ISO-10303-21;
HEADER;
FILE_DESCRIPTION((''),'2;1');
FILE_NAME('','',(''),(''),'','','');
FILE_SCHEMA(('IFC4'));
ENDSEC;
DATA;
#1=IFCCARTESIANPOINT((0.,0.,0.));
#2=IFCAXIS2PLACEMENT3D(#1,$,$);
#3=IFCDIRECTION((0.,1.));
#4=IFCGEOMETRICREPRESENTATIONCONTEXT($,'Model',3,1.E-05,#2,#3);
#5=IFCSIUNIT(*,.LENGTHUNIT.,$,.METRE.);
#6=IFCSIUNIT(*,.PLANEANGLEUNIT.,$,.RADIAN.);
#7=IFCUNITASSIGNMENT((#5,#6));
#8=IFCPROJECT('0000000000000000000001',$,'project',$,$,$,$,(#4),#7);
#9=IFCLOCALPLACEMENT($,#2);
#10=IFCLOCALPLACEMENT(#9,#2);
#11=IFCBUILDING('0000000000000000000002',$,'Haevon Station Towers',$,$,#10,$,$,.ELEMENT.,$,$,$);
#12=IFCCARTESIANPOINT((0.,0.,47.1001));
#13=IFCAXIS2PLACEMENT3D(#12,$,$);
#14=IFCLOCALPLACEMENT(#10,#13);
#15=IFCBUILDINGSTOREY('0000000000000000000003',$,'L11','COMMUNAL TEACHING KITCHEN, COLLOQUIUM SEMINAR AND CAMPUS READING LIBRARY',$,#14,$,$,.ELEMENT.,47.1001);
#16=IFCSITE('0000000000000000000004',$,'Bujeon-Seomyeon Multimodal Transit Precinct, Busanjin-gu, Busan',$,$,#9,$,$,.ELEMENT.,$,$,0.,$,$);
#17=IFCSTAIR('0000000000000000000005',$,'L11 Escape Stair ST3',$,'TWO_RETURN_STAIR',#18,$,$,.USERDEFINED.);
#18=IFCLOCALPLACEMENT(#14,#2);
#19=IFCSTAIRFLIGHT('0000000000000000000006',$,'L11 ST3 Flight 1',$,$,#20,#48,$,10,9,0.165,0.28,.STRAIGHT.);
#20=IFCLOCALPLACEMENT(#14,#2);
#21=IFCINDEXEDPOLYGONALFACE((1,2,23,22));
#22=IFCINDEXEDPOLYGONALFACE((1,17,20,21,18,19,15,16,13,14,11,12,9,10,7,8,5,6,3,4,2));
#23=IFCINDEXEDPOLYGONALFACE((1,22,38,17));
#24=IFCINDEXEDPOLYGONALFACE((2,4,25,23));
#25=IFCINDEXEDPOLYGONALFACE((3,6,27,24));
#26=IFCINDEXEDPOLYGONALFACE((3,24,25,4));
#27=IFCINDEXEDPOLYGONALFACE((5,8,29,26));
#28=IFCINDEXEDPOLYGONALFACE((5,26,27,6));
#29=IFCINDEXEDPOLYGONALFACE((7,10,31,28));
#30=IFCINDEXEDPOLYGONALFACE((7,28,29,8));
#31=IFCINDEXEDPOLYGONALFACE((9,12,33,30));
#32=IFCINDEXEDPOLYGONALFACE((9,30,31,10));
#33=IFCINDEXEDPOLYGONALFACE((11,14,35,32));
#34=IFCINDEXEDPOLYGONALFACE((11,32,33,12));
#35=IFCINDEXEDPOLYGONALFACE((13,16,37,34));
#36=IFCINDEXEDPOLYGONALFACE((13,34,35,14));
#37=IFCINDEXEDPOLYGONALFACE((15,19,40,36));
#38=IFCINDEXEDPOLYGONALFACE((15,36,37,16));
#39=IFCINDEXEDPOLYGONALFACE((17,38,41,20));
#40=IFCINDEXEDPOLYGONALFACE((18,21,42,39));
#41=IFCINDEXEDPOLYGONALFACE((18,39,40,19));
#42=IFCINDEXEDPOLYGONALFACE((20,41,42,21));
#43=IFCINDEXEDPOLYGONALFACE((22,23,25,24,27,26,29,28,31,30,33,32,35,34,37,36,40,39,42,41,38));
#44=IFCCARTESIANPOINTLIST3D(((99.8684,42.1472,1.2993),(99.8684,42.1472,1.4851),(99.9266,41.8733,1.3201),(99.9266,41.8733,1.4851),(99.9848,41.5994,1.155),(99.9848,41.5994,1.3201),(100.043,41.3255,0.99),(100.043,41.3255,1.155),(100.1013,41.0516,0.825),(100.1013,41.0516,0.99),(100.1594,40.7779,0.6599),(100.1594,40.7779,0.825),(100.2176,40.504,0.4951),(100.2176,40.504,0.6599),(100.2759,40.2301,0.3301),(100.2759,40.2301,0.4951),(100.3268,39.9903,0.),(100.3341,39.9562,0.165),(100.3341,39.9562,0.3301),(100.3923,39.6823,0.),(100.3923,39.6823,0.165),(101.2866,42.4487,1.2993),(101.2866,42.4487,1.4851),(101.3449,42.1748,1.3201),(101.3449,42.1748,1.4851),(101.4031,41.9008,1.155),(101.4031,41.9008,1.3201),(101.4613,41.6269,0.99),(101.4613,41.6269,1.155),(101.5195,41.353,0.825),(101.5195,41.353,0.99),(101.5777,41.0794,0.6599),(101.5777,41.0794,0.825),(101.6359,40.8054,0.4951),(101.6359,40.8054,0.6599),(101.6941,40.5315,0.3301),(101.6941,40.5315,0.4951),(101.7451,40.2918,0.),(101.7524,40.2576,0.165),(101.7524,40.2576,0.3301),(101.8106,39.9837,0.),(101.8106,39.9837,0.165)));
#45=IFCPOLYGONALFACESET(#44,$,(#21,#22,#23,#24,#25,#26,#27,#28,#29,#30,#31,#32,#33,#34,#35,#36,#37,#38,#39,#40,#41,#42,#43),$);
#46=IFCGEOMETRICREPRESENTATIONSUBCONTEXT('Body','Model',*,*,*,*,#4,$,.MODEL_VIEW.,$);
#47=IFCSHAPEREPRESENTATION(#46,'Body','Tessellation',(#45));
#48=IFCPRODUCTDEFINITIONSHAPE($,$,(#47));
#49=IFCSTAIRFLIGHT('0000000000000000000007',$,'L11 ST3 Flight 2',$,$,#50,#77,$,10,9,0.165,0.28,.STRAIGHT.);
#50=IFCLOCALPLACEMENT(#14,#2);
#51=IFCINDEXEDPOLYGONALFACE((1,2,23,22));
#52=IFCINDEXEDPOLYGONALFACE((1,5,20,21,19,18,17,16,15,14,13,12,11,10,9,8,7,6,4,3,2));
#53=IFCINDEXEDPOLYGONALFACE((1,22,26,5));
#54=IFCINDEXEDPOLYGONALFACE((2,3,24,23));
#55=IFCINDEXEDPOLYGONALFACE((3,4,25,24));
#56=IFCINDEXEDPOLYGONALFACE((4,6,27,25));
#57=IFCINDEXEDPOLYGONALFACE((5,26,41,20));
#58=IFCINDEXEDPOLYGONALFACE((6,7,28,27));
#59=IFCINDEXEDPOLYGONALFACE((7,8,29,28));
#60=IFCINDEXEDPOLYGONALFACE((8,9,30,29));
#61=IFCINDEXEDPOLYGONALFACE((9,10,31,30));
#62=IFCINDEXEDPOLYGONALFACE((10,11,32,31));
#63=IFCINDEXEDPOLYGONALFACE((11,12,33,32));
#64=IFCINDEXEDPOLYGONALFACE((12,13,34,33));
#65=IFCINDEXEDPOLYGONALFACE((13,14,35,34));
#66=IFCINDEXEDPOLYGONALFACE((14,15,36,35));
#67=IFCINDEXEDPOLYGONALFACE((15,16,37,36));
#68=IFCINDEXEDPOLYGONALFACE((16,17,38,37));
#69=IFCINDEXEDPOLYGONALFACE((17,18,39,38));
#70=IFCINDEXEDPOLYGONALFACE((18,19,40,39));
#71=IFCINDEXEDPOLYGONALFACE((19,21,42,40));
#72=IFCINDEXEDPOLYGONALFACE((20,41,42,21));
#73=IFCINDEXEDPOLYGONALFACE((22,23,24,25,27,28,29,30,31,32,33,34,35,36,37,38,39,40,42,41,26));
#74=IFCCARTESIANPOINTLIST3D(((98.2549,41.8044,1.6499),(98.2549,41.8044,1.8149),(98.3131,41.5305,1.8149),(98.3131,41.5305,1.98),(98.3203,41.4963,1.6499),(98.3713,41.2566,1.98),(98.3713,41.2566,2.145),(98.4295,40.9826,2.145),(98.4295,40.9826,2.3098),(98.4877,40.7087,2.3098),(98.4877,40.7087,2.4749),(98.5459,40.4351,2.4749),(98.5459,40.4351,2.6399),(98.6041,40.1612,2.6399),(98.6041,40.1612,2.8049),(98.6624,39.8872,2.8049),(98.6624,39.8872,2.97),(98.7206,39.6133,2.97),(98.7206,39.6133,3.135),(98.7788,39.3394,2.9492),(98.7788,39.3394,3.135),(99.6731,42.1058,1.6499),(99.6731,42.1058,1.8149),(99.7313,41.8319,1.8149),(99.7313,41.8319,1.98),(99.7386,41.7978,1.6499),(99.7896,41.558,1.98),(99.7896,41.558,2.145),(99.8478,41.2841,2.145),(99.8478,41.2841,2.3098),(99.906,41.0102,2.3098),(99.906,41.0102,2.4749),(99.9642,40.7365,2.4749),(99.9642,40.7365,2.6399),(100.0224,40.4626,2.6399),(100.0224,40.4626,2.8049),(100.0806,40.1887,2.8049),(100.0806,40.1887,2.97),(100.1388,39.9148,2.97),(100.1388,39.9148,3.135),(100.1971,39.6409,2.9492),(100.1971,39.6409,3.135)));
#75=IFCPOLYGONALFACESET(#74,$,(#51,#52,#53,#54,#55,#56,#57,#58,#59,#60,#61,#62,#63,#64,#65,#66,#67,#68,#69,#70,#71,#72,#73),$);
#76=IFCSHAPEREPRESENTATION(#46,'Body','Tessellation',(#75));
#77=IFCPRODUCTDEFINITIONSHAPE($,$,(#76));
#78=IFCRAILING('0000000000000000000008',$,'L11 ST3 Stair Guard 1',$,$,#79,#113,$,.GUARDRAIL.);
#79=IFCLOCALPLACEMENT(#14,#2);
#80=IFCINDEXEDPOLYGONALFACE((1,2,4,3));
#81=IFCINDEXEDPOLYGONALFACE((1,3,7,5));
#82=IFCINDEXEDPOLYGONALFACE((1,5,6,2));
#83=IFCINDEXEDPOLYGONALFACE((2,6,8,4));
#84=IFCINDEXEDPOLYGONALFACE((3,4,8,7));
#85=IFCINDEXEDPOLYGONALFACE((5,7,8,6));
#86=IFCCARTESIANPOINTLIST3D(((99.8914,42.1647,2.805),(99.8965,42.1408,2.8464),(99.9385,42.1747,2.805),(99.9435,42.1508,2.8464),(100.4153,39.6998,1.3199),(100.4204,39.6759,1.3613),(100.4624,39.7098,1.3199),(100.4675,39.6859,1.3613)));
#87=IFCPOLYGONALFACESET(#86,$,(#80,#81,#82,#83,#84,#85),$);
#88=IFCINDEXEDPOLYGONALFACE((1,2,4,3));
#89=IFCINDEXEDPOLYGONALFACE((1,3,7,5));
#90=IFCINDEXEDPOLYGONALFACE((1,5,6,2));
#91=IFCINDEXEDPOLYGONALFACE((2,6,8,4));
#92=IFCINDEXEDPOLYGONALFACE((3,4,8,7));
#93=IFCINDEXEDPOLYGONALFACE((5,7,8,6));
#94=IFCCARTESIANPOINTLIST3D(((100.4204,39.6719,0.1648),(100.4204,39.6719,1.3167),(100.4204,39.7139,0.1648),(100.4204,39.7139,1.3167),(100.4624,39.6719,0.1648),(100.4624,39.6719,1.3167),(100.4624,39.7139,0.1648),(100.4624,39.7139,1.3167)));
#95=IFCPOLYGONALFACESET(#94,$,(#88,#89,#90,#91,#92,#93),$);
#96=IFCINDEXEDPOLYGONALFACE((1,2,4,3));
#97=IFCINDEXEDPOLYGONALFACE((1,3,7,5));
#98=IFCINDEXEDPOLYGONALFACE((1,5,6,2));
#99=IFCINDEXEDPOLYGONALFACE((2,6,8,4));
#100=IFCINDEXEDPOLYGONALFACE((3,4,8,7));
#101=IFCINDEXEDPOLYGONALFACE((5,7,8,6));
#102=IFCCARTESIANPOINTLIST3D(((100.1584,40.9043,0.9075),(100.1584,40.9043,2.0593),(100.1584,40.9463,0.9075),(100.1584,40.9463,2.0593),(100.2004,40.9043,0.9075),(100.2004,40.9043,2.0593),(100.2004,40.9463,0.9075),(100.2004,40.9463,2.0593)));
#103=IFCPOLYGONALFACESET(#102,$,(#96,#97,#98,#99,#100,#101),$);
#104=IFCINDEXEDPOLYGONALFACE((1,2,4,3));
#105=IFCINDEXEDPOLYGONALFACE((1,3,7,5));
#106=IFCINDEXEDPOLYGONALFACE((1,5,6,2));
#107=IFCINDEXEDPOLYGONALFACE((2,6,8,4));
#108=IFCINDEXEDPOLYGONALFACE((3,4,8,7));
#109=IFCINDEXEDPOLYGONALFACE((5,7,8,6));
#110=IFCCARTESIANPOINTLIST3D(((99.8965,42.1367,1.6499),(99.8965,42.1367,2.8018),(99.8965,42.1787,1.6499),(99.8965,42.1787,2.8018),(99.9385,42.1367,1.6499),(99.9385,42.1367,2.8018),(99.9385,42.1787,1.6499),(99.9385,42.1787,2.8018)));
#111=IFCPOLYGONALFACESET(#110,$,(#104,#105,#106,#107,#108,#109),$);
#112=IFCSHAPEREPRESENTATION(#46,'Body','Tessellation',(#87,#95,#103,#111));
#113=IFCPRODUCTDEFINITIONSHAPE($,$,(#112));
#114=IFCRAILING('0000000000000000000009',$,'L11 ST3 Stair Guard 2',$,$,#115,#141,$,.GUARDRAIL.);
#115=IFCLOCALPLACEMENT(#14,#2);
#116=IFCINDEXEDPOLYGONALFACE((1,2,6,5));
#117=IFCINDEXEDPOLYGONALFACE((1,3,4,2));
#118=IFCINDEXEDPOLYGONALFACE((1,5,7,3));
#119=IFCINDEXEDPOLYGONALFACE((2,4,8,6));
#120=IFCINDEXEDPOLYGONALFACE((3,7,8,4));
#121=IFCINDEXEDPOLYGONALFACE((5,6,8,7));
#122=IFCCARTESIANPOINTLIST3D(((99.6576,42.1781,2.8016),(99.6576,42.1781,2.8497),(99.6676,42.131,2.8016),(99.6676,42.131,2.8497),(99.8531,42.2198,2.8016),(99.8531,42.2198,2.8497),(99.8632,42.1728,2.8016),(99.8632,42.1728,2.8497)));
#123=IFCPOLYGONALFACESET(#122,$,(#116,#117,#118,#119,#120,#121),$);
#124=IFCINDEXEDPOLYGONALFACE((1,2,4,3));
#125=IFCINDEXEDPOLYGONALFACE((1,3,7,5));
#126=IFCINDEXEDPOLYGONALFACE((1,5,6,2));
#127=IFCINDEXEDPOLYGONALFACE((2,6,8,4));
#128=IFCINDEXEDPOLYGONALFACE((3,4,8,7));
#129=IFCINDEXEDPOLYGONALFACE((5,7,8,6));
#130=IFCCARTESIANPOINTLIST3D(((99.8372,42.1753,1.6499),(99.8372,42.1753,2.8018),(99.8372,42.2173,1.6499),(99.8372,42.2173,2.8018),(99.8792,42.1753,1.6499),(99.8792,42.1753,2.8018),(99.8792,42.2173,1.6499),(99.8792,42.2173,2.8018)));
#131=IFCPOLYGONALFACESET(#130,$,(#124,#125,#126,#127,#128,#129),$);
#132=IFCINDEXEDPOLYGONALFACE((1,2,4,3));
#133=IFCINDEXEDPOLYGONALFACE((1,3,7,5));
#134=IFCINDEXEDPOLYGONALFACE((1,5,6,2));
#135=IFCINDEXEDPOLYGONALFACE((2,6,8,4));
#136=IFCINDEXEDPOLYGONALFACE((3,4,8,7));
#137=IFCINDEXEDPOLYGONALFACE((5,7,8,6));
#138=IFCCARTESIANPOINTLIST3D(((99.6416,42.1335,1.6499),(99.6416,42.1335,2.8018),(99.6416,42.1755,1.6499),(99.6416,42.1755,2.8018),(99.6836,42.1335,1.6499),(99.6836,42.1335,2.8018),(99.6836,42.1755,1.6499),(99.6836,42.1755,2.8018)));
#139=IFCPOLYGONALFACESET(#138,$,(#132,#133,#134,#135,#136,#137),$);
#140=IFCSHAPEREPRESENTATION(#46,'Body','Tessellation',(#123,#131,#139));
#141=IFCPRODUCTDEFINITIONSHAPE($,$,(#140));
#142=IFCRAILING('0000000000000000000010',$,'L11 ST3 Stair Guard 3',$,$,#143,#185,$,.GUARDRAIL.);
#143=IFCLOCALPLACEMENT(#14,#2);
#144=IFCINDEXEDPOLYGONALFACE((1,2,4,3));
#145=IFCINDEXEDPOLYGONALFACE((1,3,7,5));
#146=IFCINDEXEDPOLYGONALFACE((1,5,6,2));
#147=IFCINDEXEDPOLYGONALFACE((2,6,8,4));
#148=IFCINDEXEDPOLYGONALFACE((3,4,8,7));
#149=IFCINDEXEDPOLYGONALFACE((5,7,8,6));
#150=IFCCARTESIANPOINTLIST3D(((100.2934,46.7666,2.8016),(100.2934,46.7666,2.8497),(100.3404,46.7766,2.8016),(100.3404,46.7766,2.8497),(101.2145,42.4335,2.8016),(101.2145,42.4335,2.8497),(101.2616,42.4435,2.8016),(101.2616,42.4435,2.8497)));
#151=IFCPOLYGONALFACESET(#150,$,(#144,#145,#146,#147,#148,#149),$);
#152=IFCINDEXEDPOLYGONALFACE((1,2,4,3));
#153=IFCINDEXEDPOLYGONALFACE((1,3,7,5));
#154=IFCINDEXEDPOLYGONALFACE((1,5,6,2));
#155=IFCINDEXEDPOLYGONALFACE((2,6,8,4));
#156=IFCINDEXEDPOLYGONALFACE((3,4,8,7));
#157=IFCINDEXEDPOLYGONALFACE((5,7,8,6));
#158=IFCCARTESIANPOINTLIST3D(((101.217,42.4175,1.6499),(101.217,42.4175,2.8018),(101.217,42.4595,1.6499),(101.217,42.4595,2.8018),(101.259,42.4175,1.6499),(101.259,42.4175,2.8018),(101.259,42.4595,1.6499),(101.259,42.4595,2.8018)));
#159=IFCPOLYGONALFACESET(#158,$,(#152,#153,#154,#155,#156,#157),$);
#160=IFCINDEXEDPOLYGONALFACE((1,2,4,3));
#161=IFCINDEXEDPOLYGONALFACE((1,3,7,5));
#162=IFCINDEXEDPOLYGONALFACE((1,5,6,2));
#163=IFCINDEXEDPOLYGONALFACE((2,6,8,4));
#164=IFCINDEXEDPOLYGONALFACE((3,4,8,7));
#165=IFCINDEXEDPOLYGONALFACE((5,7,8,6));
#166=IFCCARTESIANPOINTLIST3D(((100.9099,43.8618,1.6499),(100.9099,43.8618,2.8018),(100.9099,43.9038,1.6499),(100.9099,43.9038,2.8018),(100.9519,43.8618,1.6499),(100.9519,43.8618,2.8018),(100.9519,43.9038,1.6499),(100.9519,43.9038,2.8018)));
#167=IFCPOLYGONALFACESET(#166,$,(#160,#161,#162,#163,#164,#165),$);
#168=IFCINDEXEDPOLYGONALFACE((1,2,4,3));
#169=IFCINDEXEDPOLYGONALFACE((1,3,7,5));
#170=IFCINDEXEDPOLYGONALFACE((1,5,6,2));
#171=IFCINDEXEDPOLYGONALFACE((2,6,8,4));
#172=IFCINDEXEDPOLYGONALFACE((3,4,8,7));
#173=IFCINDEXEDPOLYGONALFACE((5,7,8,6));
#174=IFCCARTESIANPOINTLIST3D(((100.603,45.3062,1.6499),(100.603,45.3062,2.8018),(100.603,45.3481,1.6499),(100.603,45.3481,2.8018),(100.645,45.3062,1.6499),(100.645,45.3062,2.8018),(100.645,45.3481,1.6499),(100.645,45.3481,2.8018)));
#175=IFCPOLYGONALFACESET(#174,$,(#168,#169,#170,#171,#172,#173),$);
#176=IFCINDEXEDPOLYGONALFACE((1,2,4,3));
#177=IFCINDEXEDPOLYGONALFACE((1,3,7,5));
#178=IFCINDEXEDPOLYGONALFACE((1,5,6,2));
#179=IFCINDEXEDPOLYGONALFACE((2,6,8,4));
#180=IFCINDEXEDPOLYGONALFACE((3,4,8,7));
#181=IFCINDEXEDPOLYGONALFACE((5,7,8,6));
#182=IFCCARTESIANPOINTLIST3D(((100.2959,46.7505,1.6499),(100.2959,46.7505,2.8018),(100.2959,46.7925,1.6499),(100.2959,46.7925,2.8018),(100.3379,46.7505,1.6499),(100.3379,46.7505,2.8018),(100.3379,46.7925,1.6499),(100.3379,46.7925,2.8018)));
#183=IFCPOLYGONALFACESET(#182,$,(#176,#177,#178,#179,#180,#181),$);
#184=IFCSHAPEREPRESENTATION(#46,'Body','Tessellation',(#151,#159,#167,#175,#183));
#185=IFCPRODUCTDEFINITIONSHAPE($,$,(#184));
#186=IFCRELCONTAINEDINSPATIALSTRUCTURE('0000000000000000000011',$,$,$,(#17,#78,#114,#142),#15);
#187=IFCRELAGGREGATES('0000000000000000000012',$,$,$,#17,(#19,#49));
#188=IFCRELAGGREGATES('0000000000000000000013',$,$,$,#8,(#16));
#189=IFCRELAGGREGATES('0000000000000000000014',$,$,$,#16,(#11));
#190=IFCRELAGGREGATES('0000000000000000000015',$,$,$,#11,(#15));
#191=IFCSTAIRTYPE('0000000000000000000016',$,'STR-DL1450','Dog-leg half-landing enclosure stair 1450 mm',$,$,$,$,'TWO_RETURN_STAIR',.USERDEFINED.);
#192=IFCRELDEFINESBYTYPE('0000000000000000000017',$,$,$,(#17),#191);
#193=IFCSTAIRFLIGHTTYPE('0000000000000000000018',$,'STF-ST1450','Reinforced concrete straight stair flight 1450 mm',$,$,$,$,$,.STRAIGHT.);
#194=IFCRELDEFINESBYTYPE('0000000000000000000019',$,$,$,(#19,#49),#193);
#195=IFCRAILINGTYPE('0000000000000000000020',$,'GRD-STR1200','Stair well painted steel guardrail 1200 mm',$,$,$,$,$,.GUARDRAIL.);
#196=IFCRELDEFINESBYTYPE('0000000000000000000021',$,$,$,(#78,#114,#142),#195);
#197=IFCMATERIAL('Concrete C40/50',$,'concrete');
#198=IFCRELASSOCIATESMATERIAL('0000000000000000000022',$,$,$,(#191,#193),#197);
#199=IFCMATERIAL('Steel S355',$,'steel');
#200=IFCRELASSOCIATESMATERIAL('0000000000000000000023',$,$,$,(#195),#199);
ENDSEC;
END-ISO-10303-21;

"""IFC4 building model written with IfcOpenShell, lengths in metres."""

from ifc_helpers import new_model, si_unit, direction, frame, origin, origin_2d, place, context, subcontext, project, spatial, polyline, rectangle, outline, extrude, material, type_object, element, aggregate, save


model = new_model("IFC4")

# Units and contexts
model_context = context("Model", 3, precision=1e-05, world=origin(), true_north=direction((0.0, 1.0)))
body_context = subcontext(model_context, "Body", "Model", "MODEL_VIEW")
ifc_project = project(units=[si_unit("LENGTHUNIT", "METRE"), si_unit("PLANEANGLEUNIT", "RADIAN")], contexts=[model_context])

# Site, building, storey
site_placement = place(None, origin())
site = spatial("IfcSite", under=ifc_project, at=site_placement, Name="Bujeon-Seomyeon Multimodal Transit Precinct, Busanjin-gu, Busan", CompositionType="ELEMENT", RefElevation=0.0)
building_placement = place(site_placement, origin())
building = spatial("IfcBuilding", under=site, at=building_placement, Name="Haevon Station Towers", CompositionType="ELEMENT")
storey_placement = place(building_placement, frame((0.0, 0.0, 47.1001)))
storey = spatial("IfcBuildingStorey", under=building, at=storey_placement, Name="L11", Description="COMMUNAL TEACHING KITCHEN, COLLOQUIUM SEMINAR AND CAMPUS READING LIBRARY", CompositionType="ELEMENT", Elevation=47.1001)

# Shared definitions
ifc_material_1 = material(Name="Steel S355", Category="steel")

# Shared definitions
ifc_material_2 = material(Name="Concrete C40/50", Category="concrete")

# Stair, stair flights
stair_type = type_object("IfcStairType", Name="STR-DL1450", Description="Dog-leg half-landing enclosure stair 1450 mm", ElementType="TWO_RETURN_STAIR", PredefinedType="USERDEFINED", material=ifc_material_2)
stair_placement = place(storey_placement, origin())
stair = element("IfcStair", 1, at=stair_placement, inside=storey, type_object=stair_type, Name="L11 Escape Stair ST3", ObjectType="TWO_RETURN_STAIR", PredefinedType="USERDEFINED")
stair_flight_type = type_object("IfcStairFlightType", Name="STF-ST1450", Description="Reinforced concrete straight stair flight 1450 mm", PredefinedType="STRAIGHT", material=ifc_material_2)
stair_flight_1_placement = place(storey_placement, frame((101.1016, 39.833, 0.0), z_axis=(0.0, 0.0, 1.0), x_axis=(-0.207912, 0.978148, 0.0)))
stair_flight_1 = element("IfcStairFlight", 2, at=stair_flight_1_placement, type_object=stair_flight_type, Name="L11 ST3 Flight 1", NumberOfRisers=10, NumberOfTreads=9, PredefinedType="STRAIGHT", RiserHeight=0.165, TreadLength=0.28, context=body_context, shape_type="SweptSolid", body=[
    extrude(outline(polyline([(0.0, 0.0), (0.0, 0.165), (0.28, 0.165), (0.28, 0.3301), (0.5601, 0.3301), (0.5601, 0.4951), (0.8401, 0.4951), (0.8401, 0.6599), (1.1201, 0.6599), (1.1201, 0.825), (1.3999, 0.825), (1.3999, 0.99), (1.6799, 0.99), (1.6799, 1.155), (1.96, 1.155), (1.96, 1.3201), (2.24, 1.3201), (2.24, 1.4851), (2.52, 1.4851), (2.52, 1.6499), (2.52, 1.2993), (0.3149, 0.0), (0.0, 0.0)])), frame((0.0, 0.7251, 0.0), z_axis=(0.0, -1.0, 0.0), x_axis=(1.0, 0.0, 0.0)), (0.0, 0.0, 1.0), 1.45),
])
stair_flight_2_placement = place(storey_placement, frame((98.9639, 41.9551, 1.6499), z_axis=(0.0, 0.0, 1.0), x_axis=(0.207912, -0.978148, 0.0)))
stair_flight_2 = element("IfcStairFlight", 3, at=stair_flight_2_placement, type_object=stair_flight_type, Name="L11 ST3 Flight 2", NumberOfRisers=10, NumberOfTreads=9, PredefinedType="STRAIGHT", RiserHeight=0.165, TreadLength=0.28, context=body_context, shape_type="SweptSolid", body=[
    extrude(outline(polyline([(0.0, 0.0), (0.0, 0.165), (0.28, 0.165), (0.28, 0.3301), (0.5601, 0.3301), (0.5601, 0.4951), (0.8401, 0.4951), (0.8401, 0.6599), (1.1201, 0.6599), (1.1201, 0.825), (1.3999, 0.825), (1.3999, 0.99), (1.6799, 0.99), (1.6799, 1.155), (1.96, 1.155), (1.96, 1.3201), (2.24, 1.3201), (2.24, 1.4851), (2.52, 1.4851), (2.52, 1.6499), (2.52, 1.2993), (0.3149, 0.0), (0.0, 0.0)])), frame((0.0, 0.7251, 0.0), z_axis=(0.0, -1.0, 0.0), x_axis=(1.0, 0.0, 0.0)), (0.0, 0.0, 1.0), 1.45),
])
aggregate(stair, [stair_flight_1, stair_flight_2])

# Railings
railing_type_1 = type_object("IfcRailingType", Name="GRD-STR1200", Description="Stair well painted steel guardrail 1200 mm", PredefinedType="GUARDRAIL", material=ifc_material_1)
railing_1_placement = place(storey_placement, frame((100.4414, 39.6929, 0.1648)))
element("IfcRailing", 4, at=railing_1_placement, inside=storey, type_object=railing_type_1, Name="L11 ST3 Stair Guard 1", PredefinedType="GUARDRAIL", context=body_context, shape_type="SweptSolid", body=[
    extrude(rectangle(XDim=0.0481, YDim=0.0481, at=origin_2d()), frame((0.0, 0.0, 1.1758), z_axis=(-0.179121, 0.842688, 0.507733), x_axis=(-0.978147, -0.207914, 0.0)), (0.0, 0.0, 1.0), 2.925),
    extrude(rectangle(XDim=0.042, YDim=0.042, at=origin_2d()), origin(), (0.0, 0.0, 1.0), 1.1519),
    extrude(rectangle(XDim=0.042, YDim=0.042, at=origin_2d()), frame((-0.262, 1.2324, 0.7427)), (0.0, 0.0, 1.0), 1.1519),
    extrude(rectangle(XDim=0.042, YDim=0.042, at=origin_2d()), frame((-0.5239, 2.4648, 1.4851)), (0.0, 0.0, 1.0), 1.1519),
])
railing_2_placement = place(storey_placement, frame((99.8582, 42.1963, 1.6499)))
element("IfcRailing", 5, at=railing_2_placement, inside=storey, type_object=railing_type_1, Name="L11 ST3 Stair Guard 2", PredefinedType="GUARDRAIL", context=body_context, shape_type="SweptSolid", body=[
    extrude(rectangle(XDim=0.0481, YDim=0.0481, at=origin_2d()), frame((0.0, 0.0, 1.1758), z_axis=(-0.977963, -0.208779, 0.0), x_axis=(0.208779, -0.977963, 0.0)), (0.0, 0.0, 1.0), 0.2),
    extrude(rectangle(XDim=0.042, YDim=0.042, at=origin_2d()), origin(), (0.0, 0.0, 1.0), 1.1519),
    extrude(rectangle(XDim=0.042, YDim=0.042, at=origin_2d()), frame((-0.1956, -0.0417, 0.0)), (0.0, 0.0, 1.0), 1.1519),
])
railing_3_placement = place(storey_placement, frame((101.238, 42.4385, 1.6499)))
element("IfcRailing", 6, at=railing_3_placement, inside=storey, type_object=railing_type_1, Name="L11 ST3 Stair Guard 3", PredefinedType="GUARDRAIL", context=body_context, shape_type="SweptSolid", body=[
    extrude(rectangle(XDim=0.0481, YDim=0.0481, at=origin_2d()), frame((0.0, 0.0, 1.1758), z_axis=(-0.20794, 0.978141, 0.0), x_axis=(-0.978141, -0.20794, 0.0)), (0.0, 0.0, 1.0), 4.4299),
    extrude(rectangle(XDim=0.042, YDim=0.042, at=origin_2d()), origin(), (0.0, 0.0, 1.0), 1.1519),
    extrude(rectangle(XDim=0.042, YDim=0.042, at=origin_2d()), frame((-0.3071, 1.4443, 0.0)), (0.0, 0.0, 1.0), 1.1519),
    extrude(rectangle(XDim=0.042, YDim=0.042, at=origin_2d()), frame((-0.614, 2.8887, 0.0)), (0.0, 0.0, 1.0), 1.1519),
    extrude(rectangle(XDim=0.042, YDim=0.042, at=origin_2d()), frame((-0.9211, 4.333, 0.0)), (0.0, 0.0, 1.0), 1.1519),
])

save(model, "model.ifc")
